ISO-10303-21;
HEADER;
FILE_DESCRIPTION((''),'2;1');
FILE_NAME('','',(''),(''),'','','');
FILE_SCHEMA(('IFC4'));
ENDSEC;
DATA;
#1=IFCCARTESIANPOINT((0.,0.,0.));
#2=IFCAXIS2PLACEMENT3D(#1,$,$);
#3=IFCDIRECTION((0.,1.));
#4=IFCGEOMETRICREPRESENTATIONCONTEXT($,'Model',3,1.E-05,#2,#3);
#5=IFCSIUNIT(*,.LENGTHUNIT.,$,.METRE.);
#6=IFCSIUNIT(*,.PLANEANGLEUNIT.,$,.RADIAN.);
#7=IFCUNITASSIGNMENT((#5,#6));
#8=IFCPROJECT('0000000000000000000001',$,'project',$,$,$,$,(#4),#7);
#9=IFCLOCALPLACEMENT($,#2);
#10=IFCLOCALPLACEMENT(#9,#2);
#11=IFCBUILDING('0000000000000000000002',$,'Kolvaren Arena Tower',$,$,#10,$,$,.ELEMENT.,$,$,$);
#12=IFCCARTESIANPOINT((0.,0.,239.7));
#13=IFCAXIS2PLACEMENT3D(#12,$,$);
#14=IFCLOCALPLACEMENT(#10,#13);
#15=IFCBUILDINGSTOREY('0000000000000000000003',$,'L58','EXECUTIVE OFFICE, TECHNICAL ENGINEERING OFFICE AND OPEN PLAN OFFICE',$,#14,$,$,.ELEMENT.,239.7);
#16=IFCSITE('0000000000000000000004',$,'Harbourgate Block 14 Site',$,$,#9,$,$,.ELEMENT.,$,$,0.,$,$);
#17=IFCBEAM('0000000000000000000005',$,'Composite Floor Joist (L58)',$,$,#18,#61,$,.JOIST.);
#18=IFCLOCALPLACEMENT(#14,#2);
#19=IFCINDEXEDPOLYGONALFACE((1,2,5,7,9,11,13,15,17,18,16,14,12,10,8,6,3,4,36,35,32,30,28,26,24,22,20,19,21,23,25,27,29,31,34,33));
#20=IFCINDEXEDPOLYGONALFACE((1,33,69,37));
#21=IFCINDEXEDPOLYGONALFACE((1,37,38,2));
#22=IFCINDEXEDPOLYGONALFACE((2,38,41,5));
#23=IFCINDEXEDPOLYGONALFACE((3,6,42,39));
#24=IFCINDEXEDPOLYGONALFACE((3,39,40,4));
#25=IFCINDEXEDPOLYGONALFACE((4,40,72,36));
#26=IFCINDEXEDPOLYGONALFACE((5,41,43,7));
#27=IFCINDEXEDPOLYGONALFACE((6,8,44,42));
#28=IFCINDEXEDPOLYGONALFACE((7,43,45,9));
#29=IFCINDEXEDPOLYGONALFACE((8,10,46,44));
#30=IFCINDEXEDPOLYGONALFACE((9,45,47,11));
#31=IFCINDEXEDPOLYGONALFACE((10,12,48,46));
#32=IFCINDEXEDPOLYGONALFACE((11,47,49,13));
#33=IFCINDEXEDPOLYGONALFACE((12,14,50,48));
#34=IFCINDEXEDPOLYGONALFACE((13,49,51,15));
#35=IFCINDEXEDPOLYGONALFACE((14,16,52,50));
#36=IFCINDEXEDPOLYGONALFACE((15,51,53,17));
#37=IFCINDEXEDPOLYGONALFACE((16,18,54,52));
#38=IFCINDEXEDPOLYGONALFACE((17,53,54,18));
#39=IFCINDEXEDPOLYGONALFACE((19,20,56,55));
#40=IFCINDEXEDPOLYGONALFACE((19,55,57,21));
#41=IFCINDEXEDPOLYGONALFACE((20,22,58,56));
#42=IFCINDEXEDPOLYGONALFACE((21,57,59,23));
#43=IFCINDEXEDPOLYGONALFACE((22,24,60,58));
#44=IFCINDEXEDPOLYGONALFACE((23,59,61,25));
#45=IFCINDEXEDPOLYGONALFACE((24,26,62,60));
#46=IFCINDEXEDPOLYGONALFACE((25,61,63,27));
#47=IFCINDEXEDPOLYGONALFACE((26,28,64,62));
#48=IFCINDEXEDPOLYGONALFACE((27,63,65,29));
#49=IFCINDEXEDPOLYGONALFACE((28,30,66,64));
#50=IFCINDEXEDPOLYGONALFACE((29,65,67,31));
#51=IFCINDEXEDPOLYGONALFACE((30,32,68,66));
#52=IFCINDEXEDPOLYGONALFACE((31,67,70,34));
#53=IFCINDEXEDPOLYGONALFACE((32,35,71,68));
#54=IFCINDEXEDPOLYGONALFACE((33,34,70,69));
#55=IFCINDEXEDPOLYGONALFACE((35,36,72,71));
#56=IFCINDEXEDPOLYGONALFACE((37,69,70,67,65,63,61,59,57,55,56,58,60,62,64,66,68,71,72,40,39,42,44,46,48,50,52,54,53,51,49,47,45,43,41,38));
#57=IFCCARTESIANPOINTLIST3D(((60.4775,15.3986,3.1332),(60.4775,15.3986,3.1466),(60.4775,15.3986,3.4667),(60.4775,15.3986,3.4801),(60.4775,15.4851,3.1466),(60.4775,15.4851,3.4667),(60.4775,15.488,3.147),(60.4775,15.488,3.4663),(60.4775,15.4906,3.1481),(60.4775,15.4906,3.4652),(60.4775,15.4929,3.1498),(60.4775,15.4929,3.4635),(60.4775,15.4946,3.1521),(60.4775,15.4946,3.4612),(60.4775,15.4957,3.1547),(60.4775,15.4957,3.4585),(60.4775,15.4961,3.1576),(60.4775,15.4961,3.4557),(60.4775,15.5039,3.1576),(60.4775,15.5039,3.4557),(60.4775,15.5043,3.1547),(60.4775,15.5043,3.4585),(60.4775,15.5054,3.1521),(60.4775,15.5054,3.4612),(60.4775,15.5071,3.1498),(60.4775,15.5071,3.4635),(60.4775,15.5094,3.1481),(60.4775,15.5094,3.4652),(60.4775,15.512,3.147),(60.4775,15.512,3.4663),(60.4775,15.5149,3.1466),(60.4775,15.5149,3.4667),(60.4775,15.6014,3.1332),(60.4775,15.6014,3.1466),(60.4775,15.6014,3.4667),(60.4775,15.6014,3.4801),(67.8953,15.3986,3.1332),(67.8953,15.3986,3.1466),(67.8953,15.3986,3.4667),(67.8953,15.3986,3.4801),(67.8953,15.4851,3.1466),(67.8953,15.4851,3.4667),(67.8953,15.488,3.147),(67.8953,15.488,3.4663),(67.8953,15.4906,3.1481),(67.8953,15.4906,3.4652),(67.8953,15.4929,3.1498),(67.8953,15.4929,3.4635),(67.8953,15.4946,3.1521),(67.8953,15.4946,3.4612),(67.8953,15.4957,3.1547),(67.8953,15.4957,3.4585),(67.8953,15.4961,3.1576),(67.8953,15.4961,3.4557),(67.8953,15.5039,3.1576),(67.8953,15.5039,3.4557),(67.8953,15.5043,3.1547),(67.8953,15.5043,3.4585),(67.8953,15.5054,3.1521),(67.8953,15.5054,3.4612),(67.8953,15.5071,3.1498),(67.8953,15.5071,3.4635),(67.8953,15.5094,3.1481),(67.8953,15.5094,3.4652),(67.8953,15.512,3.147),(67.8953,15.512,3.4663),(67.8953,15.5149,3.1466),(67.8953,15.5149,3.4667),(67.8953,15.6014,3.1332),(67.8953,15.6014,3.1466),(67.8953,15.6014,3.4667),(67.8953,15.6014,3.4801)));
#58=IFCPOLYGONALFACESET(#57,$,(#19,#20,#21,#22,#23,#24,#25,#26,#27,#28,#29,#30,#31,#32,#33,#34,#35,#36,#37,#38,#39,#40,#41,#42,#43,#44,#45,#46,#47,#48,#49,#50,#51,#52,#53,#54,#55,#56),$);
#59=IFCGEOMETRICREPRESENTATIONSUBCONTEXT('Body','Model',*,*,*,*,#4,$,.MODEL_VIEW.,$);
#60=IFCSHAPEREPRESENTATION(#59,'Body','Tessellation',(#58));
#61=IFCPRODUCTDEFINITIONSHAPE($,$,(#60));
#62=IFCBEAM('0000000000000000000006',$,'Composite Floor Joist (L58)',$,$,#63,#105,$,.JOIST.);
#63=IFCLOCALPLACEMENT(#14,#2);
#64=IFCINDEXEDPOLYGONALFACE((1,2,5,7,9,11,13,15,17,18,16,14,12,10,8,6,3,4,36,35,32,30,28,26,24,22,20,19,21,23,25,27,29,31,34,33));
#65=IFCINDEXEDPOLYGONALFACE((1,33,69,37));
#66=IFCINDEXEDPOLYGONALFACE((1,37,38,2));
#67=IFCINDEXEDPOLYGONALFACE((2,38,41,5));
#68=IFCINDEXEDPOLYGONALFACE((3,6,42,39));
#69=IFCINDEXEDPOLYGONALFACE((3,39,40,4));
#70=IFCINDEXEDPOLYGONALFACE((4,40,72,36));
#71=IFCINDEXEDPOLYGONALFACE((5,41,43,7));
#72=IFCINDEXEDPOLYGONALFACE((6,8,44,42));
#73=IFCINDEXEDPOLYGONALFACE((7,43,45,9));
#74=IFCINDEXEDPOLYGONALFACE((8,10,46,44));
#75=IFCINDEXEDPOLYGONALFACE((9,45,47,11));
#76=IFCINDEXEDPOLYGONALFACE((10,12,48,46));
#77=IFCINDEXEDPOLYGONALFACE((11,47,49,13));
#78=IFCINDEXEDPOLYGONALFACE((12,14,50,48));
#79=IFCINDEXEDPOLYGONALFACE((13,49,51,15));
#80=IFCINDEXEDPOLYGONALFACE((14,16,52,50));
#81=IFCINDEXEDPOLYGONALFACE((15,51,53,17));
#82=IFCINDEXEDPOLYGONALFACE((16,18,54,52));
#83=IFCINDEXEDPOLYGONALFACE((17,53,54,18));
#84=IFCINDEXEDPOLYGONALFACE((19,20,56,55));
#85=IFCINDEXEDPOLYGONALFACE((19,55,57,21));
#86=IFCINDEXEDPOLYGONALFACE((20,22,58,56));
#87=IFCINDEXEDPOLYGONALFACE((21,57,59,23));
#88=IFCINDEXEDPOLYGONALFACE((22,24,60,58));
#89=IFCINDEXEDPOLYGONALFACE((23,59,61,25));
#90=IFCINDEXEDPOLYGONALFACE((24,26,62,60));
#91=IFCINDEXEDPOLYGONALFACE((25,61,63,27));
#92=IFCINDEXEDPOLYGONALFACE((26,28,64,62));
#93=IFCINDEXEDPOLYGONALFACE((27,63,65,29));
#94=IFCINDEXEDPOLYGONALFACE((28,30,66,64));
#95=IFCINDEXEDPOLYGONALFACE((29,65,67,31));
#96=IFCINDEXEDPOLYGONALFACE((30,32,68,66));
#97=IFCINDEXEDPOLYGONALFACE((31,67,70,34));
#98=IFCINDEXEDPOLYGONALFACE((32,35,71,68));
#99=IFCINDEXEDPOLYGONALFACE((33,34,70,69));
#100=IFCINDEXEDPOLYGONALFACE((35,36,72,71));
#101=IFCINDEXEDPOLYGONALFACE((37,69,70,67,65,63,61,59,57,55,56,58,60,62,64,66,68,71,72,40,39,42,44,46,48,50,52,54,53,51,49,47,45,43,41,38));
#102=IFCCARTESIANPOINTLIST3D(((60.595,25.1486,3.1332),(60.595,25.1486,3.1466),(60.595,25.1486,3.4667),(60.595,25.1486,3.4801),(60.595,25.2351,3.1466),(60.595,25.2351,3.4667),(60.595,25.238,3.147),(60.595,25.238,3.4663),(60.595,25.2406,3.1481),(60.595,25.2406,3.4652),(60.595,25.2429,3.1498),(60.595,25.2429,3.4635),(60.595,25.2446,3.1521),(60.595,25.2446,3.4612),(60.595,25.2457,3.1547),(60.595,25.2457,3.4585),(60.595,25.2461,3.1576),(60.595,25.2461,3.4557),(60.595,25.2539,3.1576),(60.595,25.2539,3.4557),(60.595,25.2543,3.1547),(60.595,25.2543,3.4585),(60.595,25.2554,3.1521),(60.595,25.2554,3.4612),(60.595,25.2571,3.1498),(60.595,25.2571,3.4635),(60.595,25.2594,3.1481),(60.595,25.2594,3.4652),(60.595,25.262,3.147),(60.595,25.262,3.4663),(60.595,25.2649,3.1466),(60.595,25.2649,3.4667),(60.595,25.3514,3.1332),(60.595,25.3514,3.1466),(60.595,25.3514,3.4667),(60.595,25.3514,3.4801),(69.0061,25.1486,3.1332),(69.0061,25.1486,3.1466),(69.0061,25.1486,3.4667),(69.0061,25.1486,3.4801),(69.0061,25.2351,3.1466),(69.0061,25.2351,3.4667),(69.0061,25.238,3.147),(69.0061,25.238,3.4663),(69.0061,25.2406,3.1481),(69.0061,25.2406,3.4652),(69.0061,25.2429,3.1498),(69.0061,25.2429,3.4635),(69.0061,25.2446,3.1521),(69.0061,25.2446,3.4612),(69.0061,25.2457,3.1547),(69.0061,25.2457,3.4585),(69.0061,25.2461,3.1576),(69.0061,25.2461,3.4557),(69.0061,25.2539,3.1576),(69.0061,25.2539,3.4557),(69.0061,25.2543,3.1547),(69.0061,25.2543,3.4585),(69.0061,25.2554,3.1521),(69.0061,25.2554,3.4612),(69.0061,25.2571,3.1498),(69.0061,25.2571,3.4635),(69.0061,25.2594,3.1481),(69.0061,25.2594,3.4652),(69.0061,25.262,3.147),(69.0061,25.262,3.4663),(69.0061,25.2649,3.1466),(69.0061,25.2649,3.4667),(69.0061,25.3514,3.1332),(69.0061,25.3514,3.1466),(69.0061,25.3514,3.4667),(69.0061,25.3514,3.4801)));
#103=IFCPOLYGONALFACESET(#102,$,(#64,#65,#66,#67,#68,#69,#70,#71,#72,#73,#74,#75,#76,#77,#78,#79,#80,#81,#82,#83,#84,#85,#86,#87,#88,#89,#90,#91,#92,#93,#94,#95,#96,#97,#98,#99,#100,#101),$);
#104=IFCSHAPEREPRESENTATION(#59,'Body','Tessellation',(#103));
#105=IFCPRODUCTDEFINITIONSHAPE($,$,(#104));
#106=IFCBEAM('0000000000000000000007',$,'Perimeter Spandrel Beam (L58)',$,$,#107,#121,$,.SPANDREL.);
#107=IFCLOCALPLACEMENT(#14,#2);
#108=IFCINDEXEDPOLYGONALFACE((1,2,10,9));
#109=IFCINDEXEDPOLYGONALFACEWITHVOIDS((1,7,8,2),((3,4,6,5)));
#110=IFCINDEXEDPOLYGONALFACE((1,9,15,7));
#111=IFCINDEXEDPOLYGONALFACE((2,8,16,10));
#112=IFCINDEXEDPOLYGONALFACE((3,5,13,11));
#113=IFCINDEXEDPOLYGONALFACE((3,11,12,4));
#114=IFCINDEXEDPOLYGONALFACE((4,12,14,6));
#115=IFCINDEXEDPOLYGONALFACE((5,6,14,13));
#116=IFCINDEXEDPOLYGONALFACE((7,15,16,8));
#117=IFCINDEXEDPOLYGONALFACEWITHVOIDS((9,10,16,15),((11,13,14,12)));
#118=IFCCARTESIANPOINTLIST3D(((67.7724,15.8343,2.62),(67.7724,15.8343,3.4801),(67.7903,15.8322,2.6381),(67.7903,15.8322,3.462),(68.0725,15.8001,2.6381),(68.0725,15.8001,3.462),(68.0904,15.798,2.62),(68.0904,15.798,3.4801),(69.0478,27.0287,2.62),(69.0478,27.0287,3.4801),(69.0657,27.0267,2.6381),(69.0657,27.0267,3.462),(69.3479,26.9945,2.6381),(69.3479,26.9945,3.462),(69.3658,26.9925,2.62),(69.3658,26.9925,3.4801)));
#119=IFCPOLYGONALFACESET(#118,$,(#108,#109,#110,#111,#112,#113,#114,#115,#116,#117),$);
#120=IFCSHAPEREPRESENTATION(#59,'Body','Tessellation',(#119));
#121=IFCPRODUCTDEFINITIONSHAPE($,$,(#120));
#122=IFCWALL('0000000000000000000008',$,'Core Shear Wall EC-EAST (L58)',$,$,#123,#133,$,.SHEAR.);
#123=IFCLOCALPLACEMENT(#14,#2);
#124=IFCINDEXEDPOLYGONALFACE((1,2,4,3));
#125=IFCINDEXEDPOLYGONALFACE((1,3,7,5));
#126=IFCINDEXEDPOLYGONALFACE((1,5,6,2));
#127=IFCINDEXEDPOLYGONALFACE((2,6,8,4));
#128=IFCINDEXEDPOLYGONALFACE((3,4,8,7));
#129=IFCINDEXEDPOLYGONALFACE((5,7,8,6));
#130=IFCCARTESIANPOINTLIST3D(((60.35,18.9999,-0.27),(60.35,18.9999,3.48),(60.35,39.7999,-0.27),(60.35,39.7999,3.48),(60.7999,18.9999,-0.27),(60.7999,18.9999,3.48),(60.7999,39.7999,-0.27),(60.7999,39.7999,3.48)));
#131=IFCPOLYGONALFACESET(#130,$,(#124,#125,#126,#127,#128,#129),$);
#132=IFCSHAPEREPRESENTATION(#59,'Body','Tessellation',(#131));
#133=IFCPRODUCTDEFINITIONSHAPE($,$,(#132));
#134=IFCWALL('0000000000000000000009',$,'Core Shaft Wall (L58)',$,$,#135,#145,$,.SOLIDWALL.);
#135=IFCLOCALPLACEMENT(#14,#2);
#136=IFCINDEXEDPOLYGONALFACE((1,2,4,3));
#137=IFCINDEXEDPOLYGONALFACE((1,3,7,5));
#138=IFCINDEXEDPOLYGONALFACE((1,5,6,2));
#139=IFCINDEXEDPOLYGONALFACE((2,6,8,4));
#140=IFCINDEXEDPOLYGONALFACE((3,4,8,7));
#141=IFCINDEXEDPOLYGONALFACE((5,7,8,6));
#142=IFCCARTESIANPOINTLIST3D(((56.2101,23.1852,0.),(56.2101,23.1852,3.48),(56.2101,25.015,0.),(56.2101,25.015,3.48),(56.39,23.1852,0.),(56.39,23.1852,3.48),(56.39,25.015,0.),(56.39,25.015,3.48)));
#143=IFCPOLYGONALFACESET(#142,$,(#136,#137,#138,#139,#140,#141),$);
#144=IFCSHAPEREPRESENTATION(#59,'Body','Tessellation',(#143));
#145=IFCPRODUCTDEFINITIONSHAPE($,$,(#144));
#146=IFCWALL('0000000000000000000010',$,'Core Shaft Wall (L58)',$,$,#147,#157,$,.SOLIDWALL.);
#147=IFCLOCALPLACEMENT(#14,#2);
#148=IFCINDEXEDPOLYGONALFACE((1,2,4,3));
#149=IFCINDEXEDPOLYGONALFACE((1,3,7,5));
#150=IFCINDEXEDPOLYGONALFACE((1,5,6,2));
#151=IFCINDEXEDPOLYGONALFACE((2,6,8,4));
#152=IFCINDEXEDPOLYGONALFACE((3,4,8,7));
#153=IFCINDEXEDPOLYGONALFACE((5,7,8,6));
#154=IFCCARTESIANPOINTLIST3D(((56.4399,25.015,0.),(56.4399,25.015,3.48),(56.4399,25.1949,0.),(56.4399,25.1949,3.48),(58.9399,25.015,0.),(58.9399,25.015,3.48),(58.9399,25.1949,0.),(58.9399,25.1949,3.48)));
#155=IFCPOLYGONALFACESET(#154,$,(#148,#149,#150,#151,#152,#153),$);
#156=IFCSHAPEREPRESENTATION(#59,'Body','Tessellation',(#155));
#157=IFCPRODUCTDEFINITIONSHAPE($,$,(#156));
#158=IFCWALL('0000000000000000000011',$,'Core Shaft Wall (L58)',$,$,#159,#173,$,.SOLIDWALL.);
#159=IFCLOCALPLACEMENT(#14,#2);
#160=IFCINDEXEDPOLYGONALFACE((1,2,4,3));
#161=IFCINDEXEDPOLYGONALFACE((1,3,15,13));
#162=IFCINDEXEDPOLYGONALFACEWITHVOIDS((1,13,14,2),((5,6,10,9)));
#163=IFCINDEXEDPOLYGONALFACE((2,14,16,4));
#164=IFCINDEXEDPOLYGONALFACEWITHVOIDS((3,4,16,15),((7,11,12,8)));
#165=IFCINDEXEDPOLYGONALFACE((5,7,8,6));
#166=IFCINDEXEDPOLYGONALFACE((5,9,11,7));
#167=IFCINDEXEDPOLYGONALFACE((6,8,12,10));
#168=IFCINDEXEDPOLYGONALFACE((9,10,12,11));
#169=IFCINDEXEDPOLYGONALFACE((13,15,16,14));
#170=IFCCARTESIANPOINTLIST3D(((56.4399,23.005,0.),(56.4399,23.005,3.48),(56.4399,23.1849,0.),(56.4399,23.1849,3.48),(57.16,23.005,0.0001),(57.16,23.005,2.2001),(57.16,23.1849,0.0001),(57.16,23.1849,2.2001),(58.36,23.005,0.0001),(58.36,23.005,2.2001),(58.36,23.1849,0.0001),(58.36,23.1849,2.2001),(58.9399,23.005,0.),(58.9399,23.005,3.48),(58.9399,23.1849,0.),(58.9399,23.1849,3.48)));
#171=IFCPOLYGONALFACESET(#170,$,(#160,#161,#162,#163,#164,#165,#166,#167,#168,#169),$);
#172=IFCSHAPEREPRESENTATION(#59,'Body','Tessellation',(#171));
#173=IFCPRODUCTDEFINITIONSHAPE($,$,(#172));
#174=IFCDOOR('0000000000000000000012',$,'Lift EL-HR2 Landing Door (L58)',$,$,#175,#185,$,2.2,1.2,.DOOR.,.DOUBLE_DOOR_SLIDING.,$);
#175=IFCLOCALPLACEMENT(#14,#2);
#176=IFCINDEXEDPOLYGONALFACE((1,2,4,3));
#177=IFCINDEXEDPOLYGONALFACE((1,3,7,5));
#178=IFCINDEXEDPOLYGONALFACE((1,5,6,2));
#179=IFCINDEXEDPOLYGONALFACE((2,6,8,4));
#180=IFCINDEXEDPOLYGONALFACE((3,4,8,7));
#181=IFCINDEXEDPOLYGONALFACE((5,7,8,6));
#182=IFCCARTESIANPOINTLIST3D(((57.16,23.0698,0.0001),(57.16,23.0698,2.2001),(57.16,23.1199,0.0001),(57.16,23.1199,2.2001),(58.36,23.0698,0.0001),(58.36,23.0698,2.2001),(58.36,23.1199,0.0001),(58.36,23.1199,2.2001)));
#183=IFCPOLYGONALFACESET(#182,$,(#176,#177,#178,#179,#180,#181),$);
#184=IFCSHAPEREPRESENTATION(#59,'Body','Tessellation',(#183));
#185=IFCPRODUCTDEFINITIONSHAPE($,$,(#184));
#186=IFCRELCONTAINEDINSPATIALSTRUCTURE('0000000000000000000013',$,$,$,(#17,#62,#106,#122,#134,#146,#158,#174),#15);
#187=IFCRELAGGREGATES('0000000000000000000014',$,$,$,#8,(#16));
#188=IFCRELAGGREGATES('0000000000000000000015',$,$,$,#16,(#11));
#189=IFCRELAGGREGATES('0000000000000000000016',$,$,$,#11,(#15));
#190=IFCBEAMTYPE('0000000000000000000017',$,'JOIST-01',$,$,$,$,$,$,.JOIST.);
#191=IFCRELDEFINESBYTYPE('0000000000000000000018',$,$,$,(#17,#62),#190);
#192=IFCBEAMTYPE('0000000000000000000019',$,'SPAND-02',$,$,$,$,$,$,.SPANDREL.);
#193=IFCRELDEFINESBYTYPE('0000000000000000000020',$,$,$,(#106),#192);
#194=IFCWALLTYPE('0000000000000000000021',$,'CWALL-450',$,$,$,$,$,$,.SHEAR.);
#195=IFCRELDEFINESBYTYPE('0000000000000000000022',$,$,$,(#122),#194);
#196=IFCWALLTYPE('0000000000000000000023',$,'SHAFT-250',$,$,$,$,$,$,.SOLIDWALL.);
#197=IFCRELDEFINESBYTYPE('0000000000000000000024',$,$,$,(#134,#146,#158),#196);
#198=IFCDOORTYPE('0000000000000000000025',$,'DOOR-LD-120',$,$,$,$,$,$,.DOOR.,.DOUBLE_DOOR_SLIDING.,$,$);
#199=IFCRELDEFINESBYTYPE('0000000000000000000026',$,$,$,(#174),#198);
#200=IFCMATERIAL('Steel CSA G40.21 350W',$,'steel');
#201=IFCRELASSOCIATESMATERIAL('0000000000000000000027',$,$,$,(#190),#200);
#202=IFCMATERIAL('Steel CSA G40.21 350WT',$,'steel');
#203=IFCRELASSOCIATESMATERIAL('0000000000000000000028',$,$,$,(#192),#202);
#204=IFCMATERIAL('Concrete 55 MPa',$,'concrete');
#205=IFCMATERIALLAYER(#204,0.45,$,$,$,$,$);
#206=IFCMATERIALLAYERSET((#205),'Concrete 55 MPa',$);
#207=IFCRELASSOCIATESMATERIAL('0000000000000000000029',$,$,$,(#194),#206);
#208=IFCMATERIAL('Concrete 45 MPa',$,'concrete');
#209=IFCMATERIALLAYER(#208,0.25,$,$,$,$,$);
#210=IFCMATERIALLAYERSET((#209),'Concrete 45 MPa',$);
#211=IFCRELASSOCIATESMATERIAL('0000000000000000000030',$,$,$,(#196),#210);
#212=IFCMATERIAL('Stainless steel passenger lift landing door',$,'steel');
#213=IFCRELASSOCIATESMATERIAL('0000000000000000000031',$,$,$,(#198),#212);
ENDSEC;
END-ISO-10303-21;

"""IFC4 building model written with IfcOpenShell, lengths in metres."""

from ifc_helpers import new_model, si_unit, direction, frame, frame_2d, origin, origin_2d, place, context, subcontext, project, spatial, rectangle, hollow_rectangle, i_section, extrude, material, layer, layer_set, material_profile, profile_set, type_object, element, fill, save


model = new_model("IFC4")

# Units and contexts
model_context = context("Model", 3, precision=1e-05, world=origin(), true_north=direction((0.0, 1.0)))
body_context = subcontext(model_context, "Body", "Model", "MODEL_VIEW")
ifc_project = project(units=[si_unit("LENGTHUNIT", "METRE"), si_unit("PLANEANGLEUNIT", "RADIAN")], contexts=[model_context])

# Site, building, storey
site_placement = place(None, origin())
site = spatial("IfcSite", under=ifc_project, at=site_placement, Name="Harbourgate Block 14 Site", CompositionType="ELEMENT", RefElevation=0.0)
building_placement = place(site_placement, origin())
building = spatial("IfcBuilding", under=site, at=building_placement, Name="Kolvaren Arena Tower", CompositionType="ELEMENT")
storey_placement = place(building_placement, frame((0.0, 0.0, 239.7)))
storey = spatial("IfcBuildingStorey", under=building, at=storey_placement, Name="L58", Description="EXECUTIVE OFFICE, TECHNICAL ENGINEERING OFFICE AND OPEN PLAN OFFICE", CompositionType="ELEMENT", Elevation=239.7)

# Beams
ifc_material_1 = material(Name="Steel CSA G40.21 350W", Category="steel")
ifc_material_profile_1 = material_profile(ifc_material_1, i_section(OverallWidth=0.2029, OverallDepth=0.3469, WebThickness=0.0078, FlangeThickness=0.0134, FilletRadius=0.011, at=origin_2d()), Name="W360x64")
ifc_profile_set_1 = profile_set([ifc_material_profile_1], Name="Steel CSA G40.21 350W")
beam_type_1 = type_object("IfcBeamType", Name="JOIST-01", PredefinedType="JOIST", material=ifc_profile_set_1)
beam_1_placement = place(storey_placement, frame((60.4775, 15.5, 3.3066), z_axis=(1.0, 0.0, 0.0), x_axis=(0.0, 1.0, 0.0)))
element("IfcBeam", 1, at=beam_1_placement, inside=storey, type_object=beam_type_1, Name="Composite Floor Joist (L58)", PredefinedType="JOIST", context=body_context, shape_type="SweptSolid", body=[
    extrude(i_section(OverallWidth=0.2029, OverallDepth=0.3469, WebThickness=0.0078, FlangeThickness=0.0134, FilletRadius=0.011, at=origin_2d()), origin(), (0.0, 0.0, 1.0), 7.4177),
])
beam_2_placement = place(storey_placement, frame((60.595, 25.25, 3.3066), z_axis=(1.0, 0.0, 0.0), x_axis=(0.0, 1.0, 0.0)))
element("IfcBeam", 2, at=beam_2_placement, inside=storey, type_object=beam_type_1, Name="Composite Floor Joist (L58)", PredefinedType="JOIST", context=body_context, shape_type="SweptSolid", body=[
    extrude(i_section(OverallWidth=0.2029, OverallDepth=0.3469, WebThickness=0.0078, FlangeThickness=0.0134, FilletRadius=0.011, at=origin_2d()), origin(), (0.0, 0.0, 1.0), 8.4111),
])
ifc_material_2 = material(Name="Steel CSA G40.21 350WT", Category="steel")
ifc_material_profile_2 = material_profile(ifc_material_2, hollow_rectangle(XDim=0.3201, YDim=0.8601, WallThickness=0.0181, at=origin_2d()), Name="HSS 860x320x18")
ifc_profile_set_2 = profile_set([ifc_material_profile_2], Name="Steel CSA G40.21 350WT")
beam_type_2 = type_object("IfcBeamType", Name="SPAND-02", PredefinedType="SPANDREL", material=ifc_profile_set_2)
beam_3_placement = place(storey_placement, frame((67.9314, 15.8162, 3.05), z_axis=(0.113199, 0.993572, 0.0), x_axis=(-0.993572, 0.113199, 0.0)))
element("IfcBeam", 3, at=beam_3_placement, inside=storey, type_object=beam_type_2, Name="Perimeter Spandrel Beam (L58)", PredefinedType="SPANDREL", context=body_context, shape_type="SweptSolid", body=[
    extrude(hollow_rectangle(XDim=0.3201, YDim=0.8601, WallThickness=0.0181, at=origin_2d()), origin(), (0.0, 0.0, 1.0), 11.2668),
])

# Walls
ifc_material_3 = material(Name="Concrete 55 MPa", Category="concrete")
ifc_layer_1 = layer(ifc_material_3, 0.45)
ifc_layer_set_1 = layer_set([ifc_layer_1], Name="Concrete 55 MPa")
wall_type_1 = type_object("IfcWallType", Name="CWALL-450", PredefinedType="SHEAR", material=ifc_layer_set_1)
wall_1_placement = place(storey_placement, frame((60.575, 19.0, -0.27), z_axis=(0.0, 0.0, 1.0), x_axis=(0.0, 1.0, 0.0)))
element("IfcWall", 4, at=wall_1_placement, inside=storey, type_object=wall_type_1, Name="Core Shear Wall EC-EAST (L58)", PredefinedType="SHEAR", context=body_context, shape_type="SweptSolid", body=[
    extrude(rectangle(XDim=20.8, YDim=0.45, at=frame_2d((10.3999, 0.0))), origin(), (0.0, 0.0, 1.0), 3.75),
])
ifc_material_4 = material(Name="Concrete 45 MPa", Category="concrete")
ifc_layer_2 = layer(ifc_material_4, 0.25)
ifc_layer_set_2 = layer_set([ifc_layer_2], Name="Concrete 45 MPa")
wall_type_2 = type_object("IfcWallType", Name="SHAFT-250", PredefinedType="SOLIDWALL", material=ifc_layer_set_2)
wall_2_placement = place(storey_placement, frame((56.3, 23.1851, 0.0), z_axis=(0.0, 0.0, 1.0), x_axis=(0.0, 1.0, 0.0)))
element("IfcWall", 5, at=wall_2_placement, inside=storey, type_object=wall_type_2, Name="Core Shaft Wall (L58)", PredefinedType="SOLIDWALL", context=body_context, shape_type="SweptSolid", body=[
    extrude(rectangle(XDim=1.8298, YDim=0.1799, at=frame_2d((0.915, 0.0))), origin(), (0.0, 0.0, 1.0), 3.48),
])
wall_3_placement = place(storey_placement, frame((56.4399, 25.105, 0.0), z_axis=(0.0, 0.0, 1.0), x_axis=(1.0, 0.0, 0.0)))
element("IfcWall", 6, at=wall_3_placement, inside=storey, type_object=wall_type_2, Name="Core Shaft Wall (L58)", PredefinedType="SOLIDWALL", context=body_context, shape_type="SweptSolid", body=[
    extrude(rectangle(XDim=2.5, YDim=0.1799, at=frame_2d((1.25, 0.0))), origin(), (0.0, 0.0, 1.0), 3.48),
])

# Wall, opening, door
wall_4_placement = place(storey_placement, frame((56.4399, 23.095, 0.0), z_axis=(0.0, 0.0, 1.0), x_axis=(1.0, 0.0, 0.0)))
wall_4 = element("IfcWall", 7, at=wall_4_placement, inside=storey, type_object=wall_type_2, Name="Core Shaft Wall (L58)", PredefinedType="SOLIDWALL", context=body_context, shape_type="SweptSolid", body=[
    extrude(rectangle(XDim=2.5, YDim=0.1799, at=frame_2d((1.25, 0.0))), origin(), (0.0, 0.0, 1.0), 3.48),
])
opening_placement = place(wall_4_placement, frame((0.72, 0.0, 0.0)))
opening = element("IfcOpeningElement", 8, at=opening_placement, cuts=wall_4, PredefinedType="OPENING", context=body_context, shape_type="SweptSolid", body=[
    extrude(rectangle(XDim=1.2, YDim=2.2, at=frame_2d((0.6001, 1.1001))), frame((0.0, 0.0999, 0.0), z_axis=(0.0, -1.0, 0.0), x_axis=(1.0, 0.0, 0.0)), (0.0, 0.0, 1.0), 0.2),
])
ifc_material_5 = material(Name="Stainless steel passenger lift landing door", Category="steel")
door_type = type_object("IfcDoorType", Name="DOOR-LD-120", OperationType="DOUBLE_DOOR_SLIDING", PredefinedType="DOOR", material=ifc_material_5)
door_placement = place(opening_placement, origin())
door = element("IfcDoor", 9, at=door_placement, inside=storey, type_object=door_type, Name="Lift EL-HR2 Landing Door (L58)", OperationType="DOUBLE_DOOR_SLIDING", OverallHeight=2.2, OverallWidth=1.2, PredefinedType="DOOR", context=body_context, shape_type="SweptSolid", body=[
    extrude(rectangle(XDim=1.2, YDim=2.2, at=frame_2d((0.6001, 1.1001))), frame((0.0, 0.0249, 0.0), z_axis=(0.0, -1.0, 0.0), x_axis=(1.0, 0.0, 0.0)), (0.0, 0.0, 1.0), 0.05),
])
fill(opening, door)

save(model, "model.ifc")
